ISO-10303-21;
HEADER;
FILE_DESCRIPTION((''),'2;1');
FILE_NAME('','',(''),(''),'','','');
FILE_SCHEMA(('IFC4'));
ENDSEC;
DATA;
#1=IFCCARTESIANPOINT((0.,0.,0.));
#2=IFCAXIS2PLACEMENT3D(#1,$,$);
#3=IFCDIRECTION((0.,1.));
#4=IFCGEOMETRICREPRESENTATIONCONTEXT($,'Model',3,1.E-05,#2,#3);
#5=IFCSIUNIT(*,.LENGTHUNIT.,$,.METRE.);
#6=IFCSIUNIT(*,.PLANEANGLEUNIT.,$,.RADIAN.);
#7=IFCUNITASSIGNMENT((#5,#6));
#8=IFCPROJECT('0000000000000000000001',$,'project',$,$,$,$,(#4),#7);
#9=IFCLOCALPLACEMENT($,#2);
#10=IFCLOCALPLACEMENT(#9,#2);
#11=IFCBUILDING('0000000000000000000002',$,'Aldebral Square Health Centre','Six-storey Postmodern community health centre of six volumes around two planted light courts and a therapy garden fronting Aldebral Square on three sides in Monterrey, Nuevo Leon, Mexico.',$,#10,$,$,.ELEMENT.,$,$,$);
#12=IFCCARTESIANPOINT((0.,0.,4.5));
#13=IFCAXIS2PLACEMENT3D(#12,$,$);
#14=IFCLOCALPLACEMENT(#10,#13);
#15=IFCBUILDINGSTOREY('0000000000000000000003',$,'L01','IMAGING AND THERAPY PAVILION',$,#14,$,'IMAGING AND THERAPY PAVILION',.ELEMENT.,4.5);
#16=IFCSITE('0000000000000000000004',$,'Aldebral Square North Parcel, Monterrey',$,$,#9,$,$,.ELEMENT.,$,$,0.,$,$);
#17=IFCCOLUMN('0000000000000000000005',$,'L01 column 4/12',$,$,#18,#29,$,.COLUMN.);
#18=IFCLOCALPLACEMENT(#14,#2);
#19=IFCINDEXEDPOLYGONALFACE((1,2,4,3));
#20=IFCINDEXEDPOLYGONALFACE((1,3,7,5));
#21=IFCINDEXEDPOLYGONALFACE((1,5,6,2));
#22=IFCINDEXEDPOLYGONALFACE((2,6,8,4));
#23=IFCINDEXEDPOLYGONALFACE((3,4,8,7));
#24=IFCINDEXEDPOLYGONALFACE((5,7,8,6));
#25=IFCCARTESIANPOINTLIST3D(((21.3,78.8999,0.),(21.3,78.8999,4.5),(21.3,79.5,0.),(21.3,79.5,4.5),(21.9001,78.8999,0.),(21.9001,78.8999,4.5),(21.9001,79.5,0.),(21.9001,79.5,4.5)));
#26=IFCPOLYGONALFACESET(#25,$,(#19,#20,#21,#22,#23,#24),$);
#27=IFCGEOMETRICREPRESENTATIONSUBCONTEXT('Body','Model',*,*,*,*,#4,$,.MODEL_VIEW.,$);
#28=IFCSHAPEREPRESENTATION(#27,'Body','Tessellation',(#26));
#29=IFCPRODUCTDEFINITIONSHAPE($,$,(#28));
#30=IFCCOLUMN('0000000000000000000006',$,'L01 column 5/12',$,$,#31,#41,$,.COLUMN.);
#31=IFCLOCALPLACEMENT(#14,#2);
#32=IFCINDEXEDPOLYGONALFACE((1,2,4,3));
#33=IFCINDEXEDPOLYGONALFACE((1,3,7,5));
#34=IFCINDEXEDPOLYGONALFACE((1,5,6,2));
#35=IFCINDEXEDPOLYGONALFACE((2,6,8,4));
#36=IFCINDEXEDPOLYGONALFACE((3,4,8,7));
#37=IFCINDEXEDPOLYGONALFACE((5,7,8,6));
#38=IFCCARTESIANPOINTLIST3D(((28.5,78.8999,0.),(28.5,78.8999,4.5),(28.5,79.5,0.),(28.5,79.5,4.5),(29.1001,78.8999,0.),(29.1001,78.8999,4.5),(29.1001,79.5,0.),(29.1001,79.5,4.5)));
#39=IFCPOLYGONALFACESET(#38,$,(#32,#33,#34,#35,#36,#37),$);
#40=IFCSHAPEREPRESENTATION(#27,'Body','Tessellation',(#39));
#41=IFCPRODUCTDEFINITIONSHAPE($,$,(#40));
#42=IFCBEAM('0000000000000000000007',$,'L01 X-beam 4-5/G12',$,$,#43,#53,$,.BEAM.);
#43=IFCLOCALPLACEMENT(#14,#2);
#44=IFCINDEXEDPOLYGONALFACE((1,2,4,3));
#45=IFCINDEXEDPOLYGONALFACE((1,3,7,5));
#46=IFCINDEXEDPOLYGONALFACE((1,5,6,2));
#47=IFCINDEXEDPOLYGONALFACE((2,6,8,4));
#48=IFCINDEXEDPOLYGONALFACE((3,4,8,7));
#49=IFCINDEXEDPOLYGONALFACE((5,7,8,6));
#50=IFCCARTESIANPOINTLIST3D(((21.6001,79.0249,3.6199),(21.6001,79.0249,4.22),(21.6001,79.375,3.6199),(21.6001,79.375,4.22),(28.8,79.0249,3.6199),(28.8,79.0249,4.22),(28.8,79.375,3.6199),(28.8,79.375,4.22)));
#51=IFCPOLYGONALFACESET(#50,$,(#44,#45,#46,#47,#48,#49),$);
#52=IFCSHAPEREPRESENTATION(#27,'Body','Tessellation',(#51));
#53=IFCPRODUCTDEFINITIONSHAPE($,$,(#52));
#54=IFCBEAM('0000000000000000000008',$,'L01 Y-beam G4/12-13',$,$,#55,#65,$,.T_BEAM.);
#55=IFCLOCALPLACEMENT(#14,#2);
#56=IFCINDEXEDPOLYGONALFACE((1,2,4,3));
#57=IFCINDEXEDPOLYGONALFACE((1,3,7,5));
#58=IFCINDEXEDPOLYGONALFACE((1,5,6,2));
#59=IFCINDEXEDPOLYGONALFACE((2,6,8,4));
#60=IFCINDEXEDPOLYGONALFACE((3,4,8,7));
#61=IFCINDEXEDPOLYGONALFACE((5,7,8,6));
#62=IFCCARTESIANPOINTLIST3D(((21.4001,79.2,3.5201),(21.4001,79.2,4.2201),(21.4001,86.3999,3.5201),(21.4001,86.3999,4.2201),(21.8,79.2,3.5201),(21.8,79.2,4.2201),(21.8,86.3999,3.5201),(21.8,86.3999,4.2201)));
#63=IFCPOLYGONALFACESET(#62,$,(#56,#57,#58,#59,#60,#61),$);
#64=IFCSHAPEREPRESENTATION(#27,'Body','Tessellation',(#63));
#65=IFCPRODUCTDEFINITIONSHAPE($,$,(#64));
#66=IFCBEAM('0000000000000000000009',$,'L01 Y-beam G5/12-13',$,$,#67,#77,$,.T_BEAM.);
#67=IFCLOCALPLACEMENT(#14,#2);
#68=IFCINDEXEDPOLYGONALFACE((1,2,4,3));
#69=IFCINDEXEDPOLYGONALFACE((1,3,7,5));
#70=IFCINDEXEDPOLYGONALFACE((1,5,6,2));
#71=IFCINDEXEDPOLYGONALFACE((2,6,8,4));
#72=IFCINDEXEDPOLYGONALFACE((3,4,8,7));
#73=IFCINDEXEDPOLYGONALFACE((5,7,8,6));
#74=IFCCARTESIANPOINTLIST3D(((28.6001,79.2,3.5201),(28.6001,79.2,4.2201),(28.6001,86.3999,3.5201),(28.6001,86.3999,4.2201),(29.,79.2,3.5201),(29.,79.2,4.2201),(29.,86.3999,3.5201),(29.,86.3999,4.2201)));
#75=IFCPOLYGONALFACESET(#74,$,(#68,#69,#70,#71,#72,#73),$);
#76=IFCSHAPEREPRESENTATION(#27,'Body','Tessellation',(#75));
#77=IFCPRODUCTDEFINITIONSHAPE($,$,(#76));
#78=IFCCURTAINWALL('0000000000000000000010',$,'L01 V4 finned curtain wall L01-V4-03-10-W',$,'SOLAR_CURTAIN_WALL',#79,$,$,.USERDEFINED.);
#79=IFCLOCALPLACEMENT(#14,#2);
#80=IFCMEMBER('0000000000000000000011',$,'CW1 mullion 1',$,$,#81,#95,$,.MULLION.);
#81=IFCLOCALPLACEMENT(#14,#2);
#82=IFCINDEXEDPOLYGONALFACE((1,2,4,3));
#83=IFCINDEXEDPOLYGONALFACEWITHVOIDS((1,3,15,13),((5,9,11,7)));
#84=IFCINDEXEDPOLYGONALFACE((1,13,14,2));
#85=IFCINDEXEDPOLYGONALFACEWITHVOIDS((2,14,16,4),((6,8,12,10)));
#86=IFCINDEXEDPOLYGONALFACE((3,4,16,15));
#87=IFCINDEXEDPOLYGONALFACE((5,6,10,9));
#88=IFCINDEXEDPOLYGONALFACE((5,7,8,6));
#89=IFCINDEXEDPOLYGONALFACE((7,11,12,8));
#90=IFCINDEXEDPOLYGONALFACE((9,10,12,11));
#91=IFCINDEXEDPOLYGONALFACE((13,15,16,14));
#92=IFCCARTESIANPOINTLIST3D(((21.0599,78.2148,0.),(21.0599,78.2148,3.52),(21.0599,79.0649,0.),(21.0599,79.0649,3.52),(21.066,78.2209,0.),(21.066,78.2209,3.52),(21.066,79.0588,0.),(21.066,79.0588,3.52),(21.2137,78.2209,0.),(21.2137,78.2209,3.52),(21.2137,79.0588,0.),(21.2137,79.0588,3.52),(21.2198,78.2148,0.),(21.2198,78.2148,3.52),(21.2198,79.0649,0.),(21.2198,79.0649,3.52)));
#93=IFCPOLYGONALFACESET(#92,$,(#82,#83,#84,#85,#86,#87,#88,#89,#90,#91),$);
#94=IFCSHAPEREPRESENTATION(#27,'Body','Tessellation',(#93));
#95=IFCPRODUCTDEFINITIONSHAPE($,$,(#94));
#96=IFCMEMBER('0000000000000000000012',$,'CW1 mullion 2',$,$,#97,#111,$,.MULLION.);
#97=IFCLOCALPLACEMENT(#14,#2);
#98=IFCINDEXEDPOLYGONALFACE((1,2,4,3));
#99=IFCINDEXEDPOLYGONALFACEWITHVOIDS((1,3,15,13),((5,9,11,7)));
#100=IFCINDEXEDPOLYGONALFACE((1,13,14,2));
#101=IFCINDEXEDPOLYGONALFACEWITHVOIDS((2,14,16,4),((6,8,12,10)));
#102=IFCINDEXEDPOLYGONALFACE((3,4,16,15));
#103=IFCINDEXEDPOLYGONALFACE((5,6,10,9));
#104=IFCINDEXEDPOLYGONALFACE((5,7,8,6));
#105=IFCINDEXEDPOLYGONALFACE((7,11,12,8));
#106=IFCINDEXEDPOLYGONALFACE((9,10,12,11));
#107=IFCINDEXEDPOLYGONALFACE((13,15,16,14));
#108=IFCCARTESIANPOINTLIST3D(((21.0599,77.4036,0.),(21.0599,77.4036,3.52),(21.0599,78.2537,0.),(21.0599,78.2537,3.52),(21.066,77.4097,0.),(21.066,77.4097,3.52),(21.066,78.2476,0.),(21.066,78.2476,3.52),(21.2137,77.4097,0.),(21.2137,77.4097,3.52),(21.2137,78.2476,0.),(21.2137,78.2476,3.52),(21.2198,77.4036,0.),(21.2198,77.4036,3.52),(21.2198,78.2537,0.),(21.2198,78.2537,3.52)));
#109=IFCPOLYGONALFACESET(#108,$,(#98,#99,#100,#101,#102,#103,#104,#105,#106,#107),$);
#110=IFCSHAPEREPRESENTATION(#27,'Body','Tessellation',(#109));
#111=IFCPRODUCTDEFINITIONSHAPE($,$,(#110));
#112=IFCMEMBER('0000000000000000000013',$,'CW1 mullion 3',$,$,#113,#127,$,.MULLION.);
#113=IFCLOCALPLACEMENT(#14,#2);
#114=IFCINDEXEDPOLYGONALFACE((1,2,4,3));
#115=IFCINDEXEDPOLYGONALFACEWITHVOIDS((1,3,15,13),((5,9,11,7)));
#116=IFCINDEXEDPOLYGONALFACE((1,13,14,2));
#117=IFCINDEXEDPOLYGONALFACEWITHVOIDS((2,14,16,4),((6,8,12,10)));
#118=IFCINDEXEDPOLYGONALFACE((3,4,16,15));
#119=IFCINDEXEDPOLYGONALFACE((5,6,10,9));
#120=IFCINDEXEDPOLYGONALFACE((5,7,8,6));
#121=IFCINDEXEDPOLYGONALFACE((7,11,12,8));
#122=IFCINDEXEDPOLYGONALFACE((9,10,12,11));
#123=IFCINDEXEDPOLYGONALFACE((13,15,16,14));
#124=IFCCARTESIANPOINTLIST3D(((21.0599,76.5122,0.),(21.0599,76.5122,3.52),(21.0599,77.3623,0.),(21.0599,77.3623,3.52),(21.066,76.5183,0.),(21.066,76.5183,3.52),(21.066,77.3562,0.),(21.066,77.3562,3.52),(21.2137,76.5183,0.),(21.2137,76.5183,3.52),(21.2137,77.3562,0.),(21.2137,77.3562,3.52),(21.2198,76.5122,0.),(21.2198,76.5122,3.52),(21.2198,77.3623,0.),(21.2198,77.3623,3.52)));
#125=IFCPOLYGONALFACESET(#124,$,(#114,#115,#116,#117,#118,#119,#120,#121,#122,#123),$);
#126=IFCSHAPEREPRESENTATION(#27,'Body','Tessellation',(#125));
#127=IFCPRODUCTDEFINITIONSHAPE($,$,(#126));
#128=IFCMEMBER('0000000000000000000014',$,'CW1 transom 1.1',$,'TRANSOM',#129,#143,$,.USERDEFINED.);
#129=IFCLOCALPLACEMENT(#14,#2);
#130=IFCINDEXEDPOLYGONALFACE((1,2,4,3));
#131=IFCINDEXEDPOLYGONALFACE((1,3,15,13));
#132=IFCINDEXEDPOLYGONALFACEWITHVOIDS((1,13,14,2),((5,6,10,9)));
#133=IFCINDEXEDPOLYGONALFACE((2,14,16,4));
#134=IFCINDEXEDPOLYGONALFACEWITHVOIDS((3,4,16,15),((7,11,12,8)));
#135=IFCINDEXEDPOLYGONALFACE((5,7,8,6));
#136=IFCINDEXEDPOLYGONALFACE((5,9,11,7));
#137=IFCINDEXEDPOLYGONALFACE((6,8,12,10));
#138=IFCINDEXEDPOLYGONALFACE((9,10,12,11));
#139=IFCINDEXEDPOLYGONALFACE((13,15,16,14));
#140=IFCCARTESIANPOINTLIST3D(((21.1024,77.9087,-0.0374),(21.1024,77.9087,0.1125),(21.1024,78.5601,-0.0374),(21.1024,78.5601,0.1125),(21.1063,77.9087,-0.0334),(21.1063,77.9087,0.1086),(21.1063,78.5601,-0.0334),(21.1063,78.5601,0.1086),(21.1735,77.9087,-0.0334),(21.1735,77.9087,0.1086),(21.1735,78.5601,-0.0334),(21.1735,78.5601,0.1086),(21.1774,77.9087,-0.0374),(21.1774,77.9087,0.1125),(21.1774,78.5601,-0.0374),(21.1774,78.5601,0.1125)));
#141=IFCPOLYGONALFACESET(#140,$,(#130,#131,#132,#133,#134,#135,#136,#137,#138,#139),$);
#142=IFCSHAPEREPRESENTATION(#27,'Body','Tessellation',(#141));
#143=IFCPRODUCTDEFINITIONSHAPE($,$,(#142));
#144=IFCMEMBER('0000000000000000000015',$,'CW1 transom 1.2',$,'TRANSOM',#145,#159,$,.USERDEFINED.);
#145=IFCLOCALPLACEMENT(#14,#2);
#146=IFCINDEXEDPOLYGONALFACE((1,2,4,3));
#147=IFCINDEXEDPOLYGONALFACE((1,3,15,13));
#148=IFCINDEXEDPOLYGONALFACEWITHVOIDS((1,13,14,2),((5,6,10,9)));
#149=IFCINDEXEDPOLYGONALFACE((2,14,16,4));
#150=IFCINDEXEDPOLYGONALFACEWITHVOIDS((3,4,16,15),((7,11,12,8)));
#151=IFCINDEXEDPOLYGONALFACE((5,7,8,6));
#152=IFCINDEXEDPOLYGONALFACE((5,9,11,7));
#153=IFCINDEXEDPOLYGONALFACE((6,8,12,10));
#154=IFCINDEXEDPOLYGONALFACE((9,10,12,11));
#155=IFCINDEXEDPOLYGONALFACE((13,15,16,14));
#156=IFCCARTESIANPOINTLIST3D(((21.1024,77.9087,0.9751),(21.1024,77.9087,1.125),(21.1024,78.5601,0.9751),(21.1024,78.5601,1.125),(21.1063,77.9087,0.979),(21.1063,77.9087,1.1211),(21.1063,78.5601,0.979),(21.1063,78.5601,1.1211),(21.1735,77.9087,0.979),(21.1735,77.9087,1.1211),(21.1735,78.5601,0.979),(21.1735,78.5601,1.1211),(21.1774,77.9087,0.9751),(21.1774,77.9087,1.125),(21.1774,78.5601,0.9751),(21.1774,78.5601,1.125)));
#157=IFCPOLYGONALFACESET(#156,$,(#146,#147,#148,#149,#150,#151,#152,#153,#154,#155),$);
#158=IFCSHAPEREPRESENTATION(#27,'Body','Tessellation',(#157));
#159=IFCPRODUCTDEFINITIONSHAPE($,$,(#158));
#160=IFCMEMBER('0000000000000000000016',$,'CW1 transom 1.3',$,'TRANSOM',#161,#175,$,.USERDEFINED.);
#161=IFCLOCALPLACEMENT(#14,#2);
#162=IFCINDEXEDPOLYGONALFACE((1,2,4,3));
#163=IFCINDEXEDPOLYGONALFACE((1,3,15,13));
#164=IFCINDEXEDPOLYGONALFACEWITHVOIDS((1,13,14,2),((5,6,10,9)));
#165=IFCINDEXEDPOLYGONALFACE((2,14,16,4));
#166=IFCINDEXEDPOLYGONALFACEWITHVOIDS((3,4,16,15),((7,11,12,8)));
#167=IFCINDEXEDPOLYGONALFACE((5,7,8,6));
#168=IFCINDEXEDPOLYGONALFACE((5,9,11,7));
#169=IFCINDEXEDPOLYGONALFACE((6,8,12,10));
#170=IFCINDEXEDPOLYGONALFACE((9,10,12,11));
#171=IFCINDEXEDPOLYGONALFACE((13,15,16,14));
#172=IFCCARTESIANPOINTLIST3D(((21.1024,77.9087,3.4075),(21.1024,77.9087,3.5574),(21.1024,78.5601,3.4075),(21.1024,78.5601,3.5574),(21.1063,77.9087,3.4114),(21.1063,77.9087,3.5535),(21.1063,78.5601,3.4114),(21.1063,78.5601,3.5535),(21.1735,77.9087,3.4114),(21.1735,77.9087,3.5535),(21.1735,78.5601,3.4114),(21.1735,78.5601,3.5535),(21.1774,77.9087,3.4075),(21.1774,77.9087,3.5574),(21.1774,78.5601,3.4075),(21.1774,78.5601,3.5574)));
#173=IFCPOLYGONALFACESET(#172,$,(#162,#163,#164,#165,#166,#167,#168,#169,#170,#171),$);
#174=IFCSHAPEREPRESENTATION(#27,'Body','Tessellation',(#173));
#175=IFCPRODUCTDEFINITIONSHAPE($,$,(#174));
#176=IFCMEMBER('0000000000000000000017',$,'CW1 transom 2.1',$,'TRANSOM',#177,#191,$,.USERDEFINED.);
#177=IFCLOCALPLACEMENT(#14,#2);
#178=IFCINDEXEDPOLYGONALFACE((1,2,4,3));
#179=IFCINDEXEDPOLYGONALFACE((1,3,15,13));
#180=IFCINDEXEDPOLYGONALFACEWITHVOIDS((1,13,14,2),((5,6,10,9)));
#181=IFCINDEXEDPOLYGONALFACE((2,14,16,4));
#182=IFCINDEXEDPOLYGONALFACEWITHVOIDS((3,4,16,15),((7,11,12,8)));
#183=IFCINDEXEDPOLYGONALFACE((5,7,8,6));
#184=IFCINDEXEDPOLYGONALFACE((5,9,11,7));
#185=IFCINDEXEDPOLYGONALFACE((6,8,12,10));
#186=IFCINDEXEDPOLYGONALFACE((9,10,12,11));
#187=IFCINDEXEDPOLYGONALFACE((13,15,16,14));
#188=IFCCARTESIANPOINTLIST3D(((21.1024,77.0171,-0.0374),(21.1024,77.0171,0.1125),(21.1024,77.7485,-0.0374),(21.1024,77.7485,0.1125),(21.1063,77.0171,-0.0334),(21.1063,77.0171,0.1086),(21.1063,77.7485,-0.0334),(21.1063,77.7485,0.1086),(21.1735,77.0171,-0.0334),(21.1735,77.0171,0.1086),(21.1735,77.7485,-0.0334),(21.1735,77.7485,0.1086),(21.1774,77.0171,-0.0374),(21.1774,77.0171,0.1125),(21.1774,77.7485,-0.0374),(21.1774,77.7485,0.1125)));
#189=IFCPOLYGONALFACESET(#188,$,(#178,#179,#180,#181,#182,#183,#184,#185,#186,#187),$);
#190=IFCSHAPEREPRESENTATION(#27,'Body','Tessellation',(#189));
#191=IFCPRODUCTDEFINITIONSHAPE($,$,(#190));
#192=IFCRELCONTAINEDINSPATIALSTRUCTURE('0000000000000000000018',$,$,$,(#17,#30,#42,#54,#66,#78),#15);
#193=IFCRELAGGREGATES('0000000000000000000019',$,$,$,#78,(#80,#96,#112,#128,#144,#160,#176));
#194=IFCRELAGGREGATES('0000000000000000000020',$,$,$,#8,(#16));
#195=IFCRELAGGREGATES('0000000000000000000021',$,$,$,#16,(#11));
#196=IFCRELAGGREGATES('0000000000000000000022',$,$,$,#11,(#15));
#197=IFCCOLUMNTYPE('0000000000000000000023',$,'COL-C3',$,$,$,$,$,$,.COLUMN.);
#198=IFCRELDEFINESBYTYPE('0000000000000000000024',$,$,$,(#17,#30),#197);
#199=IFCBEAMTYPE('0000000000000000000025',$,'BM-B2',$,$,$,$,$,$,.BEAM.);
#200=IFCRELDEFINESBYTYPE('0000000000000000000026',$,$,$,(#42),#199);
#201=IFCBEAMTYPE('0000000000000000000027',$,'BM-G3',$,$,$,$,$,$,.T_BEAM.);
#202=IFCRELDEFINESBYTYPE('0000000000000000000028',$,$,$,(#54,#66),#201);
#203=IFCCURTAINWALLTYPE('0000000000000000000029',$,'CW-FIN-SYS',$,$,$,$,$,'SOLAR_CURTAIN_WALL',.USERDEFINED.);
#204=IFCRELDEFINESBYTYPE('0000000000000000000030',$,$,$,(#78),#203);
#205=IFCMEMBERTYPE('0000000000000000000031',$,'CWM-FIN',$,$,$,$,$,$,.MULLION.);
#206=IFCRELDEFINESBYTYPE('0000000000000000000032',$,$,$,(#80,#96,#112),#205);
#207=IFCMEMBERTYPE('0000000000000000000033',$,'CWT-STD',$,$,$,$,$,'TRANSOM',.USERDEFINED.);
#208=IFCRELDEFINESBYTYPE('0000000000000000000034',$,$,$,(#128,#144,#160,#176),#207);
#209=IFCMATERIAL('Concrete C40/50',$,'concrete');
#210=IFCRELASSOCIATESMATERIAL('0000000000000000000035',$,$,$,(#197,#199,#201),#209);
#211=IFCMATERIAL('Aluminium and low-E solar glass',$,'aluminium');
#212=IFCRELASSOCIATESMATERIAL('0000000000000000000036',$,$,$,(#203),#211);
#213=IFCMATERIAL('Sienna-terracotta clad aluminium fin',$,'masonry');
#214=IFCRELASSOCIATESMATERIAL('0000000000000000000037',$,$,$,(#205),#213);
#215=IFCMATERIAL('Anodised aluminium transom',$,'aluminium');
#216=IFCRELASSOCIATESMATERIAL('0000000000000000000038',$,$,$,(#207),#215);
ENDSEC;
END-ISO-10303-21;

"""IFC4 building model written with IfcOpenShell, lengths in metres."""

from ifc_helpers import new_model, si_unit, direction, frame, origin, origin_2d, place, context, subcontext, project, spatial, rectangle, hollow_rectangle, extrude, material, material_profile, profile_set, type_object, element, aggregate, save


model = new_model("IFC4")

# Units and contexts
model_context = context("Model", 3, precision=1e-05, world=origin(), true_north=direction((0.0, 1.0)))
body_context = subcontext(model_context, "Body", "Model", "MODEL_VIEW")
ifc_project = project(units=[si_unit("LENGTHUNIT", "METRE"), si_unit("PLANEANGLEUNIT", "RADIAN")], contexts=[model_context])

# Site, building, storey
site_placement = place(None, origin())
site = spatial("IfcSite", under=ifc_project, at=site_placement, Name="Aldebral Square North Parcel, Monterrey", CompositionType="ELEMENT", RefElevation=0.0)
building_placement = place(site_placement, origin())
building = spatial("IfcBuilding", under=site, at=building_placement, Name="Aldebral Square Health Centre", Description="Six-storey Postmodern community health centre of six volumes around two planted light courts and a therapy garden fronting Aldebral Square on three sides in Monterrey, Nuevo Leon, Mexico.", CompositionType="ELEMENT")
storey_placement = place(building_placement, frame((0.0, 0.0, 4.5)))
storey = spatial("IfcBuildingStorey", under=building, at=storey_placement, Name="L01", Description="IMAGING AND THERAPY PAVILION", LongName="IMAGING AND THERAPY PAVILION", CompositionType="ELEMENT", Elevation=4.5)

# Columns
ifc_material_1 = material(Name="Concrete C40/50", Category="concrete")
ifc_material_profile_1 = material_profile(ifc_material_1, rectangle(XDim=0.6001, YDim=0.6001, at=origin_2d()), Name="RC 600x600")
ifc_profile_set_1 = profile_set([ifc_material_profile_1], Name="Concrete C40/50")
column_type = type_object("IfcColumnType", Name="COL-C3", PredefinedType="COLUMN", material=ifc_profile_set_1)
for number, where, z_axis, x_axis, name in (
    (1, (21.6001, 79.2, 0.0), (0.0, 0.0, 1.0), (1.0, 0.0, 0.0), "L01 column 4/12"),
    (2, (28.8, 79.2, 0.0), (0.0, 0.0, 1.0), (1.0, 0.0, 0.0), "L01 column 5/12"),
):
    element("IfcColumn", number, at=place(storey_placement, frame(where, z_axis=z_axis, x_axis=x_axis)), inside=storey, type_object=column_type, Name=name, PredefinedType="COLUMN", context=body_context, shape_type="SweptSolid", body=[
        extrude(rectangle(XDim=0.6001, YDim=0.6001, at=origin_2d()), origin(), (0.0, 0.0, 1.0), 4.5),
    ])

# Beams
ifc_material_profile_2 = material_profile(ifc_material_1, rectangle(XDim=0.3501, YDim=0.6001, at=origin_2d()), Name="RC 350x600")
ifc_profile_set_2 = profile_set([ifc_material_profile_2], Name="Concrete C40/50")
beam_type_1 = type_object("IfcBeamType", Name="BM-B2", PredefinedType="BEAM", material=ifc_profile_set_2)
beam_placement = place(storey_placement, frame((21.6001, 79.2, 3.9199), z_axis=(1.0, 0.0, 0.0), x_axis=(0.0, 1.0, 0.0)))
element("IfcBeam", 3, at=beam_placement, inside=storey, type_object=beam_type_1, Name="L01 X-beam 4-5/G12", PredefinedType="BEAM", context=body_context, shape_type="SweptSolid", body=[
    extrude(rectangle(XDim=0.3501, YDim=0.6001, at=origin_2d()), origin(), (0.0, 0.0, 1.0), 7.2),
])
ifc_material_profile_3 = material_profile(ifc_material_1, rectangle(XDim=0.3999, YDim=0.7, at=origin_2d()), Name="RC 400x700")
ifc_profile_set_3 = profile_set([ifc_material_profile_3], Name="Concrete C40/50")
beam_type_2 = type_object("IfcBeamType", Name="BM-G3", PredefinedType="T_BEAM", material=ifc_profile_set_3)
for number, where, z_axis, x_axis, name in (
    (4, (21.6001, 79.2, 3.8701), (0.0, 1.0, 0.0), (-1.0, 0.0, 0.0), "L01 Y-beam G4/12-13"),
    (5, (28.8, 79.2, 3.8701), (0.0, 1.0, 0.0), (-1.0, 0.0, 0.0), "L01 Y-beam G5/12-13"),
):
    element("IfcBeam", number, at=place(storey_placement, frame(where, z_axis=z_axis, x_axis=x_axis)), inside=storey, type_object=beam_type_2, Name=name, PredefinedType="T_BEAM", context=body_context, shape_type="SweptSolid", body=[
        extrude(rectangle(XDim=0.3999, YDim=0.7, at=origin_2d()), origin(), (0.0, 0.0, 1.0), 7.2),
    ])

# Curtain wall, members
ifc_material_2 = material(Name="Aluminium and low-E solar glass", Category="aluminium")
curtain_wall_type = type_object("IfcCurtainWallType", Name="CW-FIN-SYS", ElementType="SOLAR_CURTAIN_WALL", PredefinedType="USERDEFINED", material=ifc_material_2)
curtain_wall_placement = place(storey_placement, origin())
curtain_wall = element("IfcCurtainWall", 6, at=curtain_wall_placement, inside=storey, type_object=curtain_wall_type, Name="L01 V4 finned curtain wall L01-V4-03-10-W", ObjectType="SOLAR_CURTAIN_WALL", PredefinedType="USERDEFINED")
ifc_material_3 = material(Name="Sienna-terracotta clad aluminium fin", Category="masonry")
ifc_material_profile_4 = material_profile(ifc_material_3, hollow_rectangle(XDim=0.1599, YDim=0.8501, WallThickness=0.0061, at=origin_2d()), Name="FIN 160x850x6")
ifc_profile_set_4 = profile_set([ifc_material_profile_4], Name="Sienna-terracotta clad aluminium fin")
member_type_1 = type_object("IfcMemberType", Name="CWM-FIN", PredefinedType="MULLION", material=ifc_profile_set_4)
member_1_placement = place(storey_placement, frame((21.1399, 78.6399, 0.0), z_axis=(0.0, 0.0, 1.0), x_axis=(1.0, 0.0, 0.0)))
member_1 = element("IfcMember", 7, at=member_1_placement, type_object=member_type_1, Name="CW1 mullion 1", PredefinedType="MULLION", context=body_context, shape_type="SweptSolid", body=[
    extrude(hollow_rectangle(XDim=0.1599, YDim=0.8501, WallThickness=0.0061, at=origin_2d()), origin(), (0.0, 0.0, 1.0), 3.52),
])
member_2_placement = place(storey_placement, frame((21.1399, 77.8286, 0.0), z_axis=(0.0, 0.0, 1.0), x_axis=(1.0, 0.0, 0.0)))
member_2 = element("IfcMember", 8, at=member_2_placement, type_object=member_type_1, Name="CW1 mullion 2", PredefinedType="MULLION", context=body_context, shape_type="SweptSolid", body=[
    extrude(hollow_rectangle(XDim=0.1599, YDim=0.8501, WallThickness=0.0061, at=origin_2d()), origin(), (0.0, 0.0, 1.0), 3.52),
])
member_3_placement = place(storey_placement, frame((21.1399, 76.9373, 0.0), z_axis=(0.0, 0.0, 1.0), x_axis=(1.0, 0.0, 0.0)))
member_3 = element("IfcMember", 9, at=member_3_placement, type_object=member_type_1, Name="CW1 mullion 3", PredefinedType="MULLION", context=body_context, shape_type="SweptSolid", body=[
    extrude(hollow_rectangle(XDim=0.1599, YDim=0.8501, WallThickness=0.0061, at=origin_2d()), origin(), (0.0, 0.0, 1.0), 3.52),
])
ifc_material_4 = material(Name="Anodised aluminium transom", Category="aluminium")
ifc_material_profile_5 = material_profile(ifc_material_4, hollow_rectangle(XDim=0.075, YDim=0.1499, WallThickness=0.0039, at=origin_2d()), Name="CWT 75x150x4")
ifc_profile_set_5 = profile_set([ifc_material_profile_5], Name="Anodised aluminium transom")
member_type_2 = type_object("IfcMemberType", Name="CWT-STD", ElementType="TRANSOM", PredefinedType="USERDEFINED", material=ifc_profile_set_5)
member_4_placement = place(storey_placement, frame((21.1399, 78.5601, 0.0376), z_axis=(0.0, -1.0, 0.0), x_axis=(1.0, 0.0, 0.0)))
member_4 = element("IfcMember", 10, at=member_4_placement, type_object=member_type_2, Name="CW1 transom 1.1", ObjectType="TRANSOM", PredefinedType="USERDEFINED", context=body_context, shape_type="SweptSolid", body=[
    extrude(hollow_rectangle(XDim=0.075, YDim=0.1499, WallThickness=0.0039, at=origin_2d()), origin(), (0.0, 0.0, 1.0), 0.6514),
])
member_5_placement = place(storey_placement, frame((21.1399, 78.5601, 1.05), z_axis=(0.0, -1.0, 0.0), x_axis=(1.0, 0.0, 0.0)))
member_5 = element("IfcMember", 11, at=member_5_placement, type_object=member_type_2, Name="CW1 transom 1.2", ObjectType="TRANSOM", PredefinedType="USERDEFINED", context=body_context, shape_type="SweptSolid", body=[
    extrude(hollow_rectangle(XDim=0.075, YDim=0.1499, WallThickness=0.0039, at=origin_2d()), origin(), (0.0, 0.0, 1.0), 0.6514),
])
member_6_placement = place(storey_placement, frame((21.1399, 78.5601, 3.4824), z_axis=(0.0, -1.0, 0.0), x_axis=(1.0, 0.0, 0.0)))
member_6 = element("IfcMember", 12, at=member_6_placement, type_object=member_type_2, Name="CW1 transom 1.3", ObjectType="TRANSOM", PredefinedType="USERDEFINED", context=body_context, shape_type="SweptSolid", body=[
    extrude(hollow_rectangle(XDim=0.075, YDim=0.1499, WallThickness=0.0039, at=origin_2d()), origin(), (0.0, 0.0, 1.0), 0.6514),
])
member_7_placement = place(storey_placement, frame((21.1399, 77.7485, 0.0376), z_axis=(0.0, -1.0, 0.0), x_axis=(1.0, 0.0, 0.0)))
member_7 = element("IfcMember", 13, at=member_7_placement, type_object=member_type_2, Name="CW1 transom 2.1", ObjectType="TRANSOM", PredefinedType="USERDEFINED", context=body_context, shape_type="SweptSolid", body=[
    extrude(hollow_rectangle(XDim=0.075, YDim=0.1499, WallThickness=0.0039, at=origin_2d()), origin(), (0.0, 0.0, 1.0), 0.7314),
])
aggregate(curtain_wall, [member_1, member_2, member_3, member_4, member_5, member_6, member_7])

save(model, "model.ifc")
